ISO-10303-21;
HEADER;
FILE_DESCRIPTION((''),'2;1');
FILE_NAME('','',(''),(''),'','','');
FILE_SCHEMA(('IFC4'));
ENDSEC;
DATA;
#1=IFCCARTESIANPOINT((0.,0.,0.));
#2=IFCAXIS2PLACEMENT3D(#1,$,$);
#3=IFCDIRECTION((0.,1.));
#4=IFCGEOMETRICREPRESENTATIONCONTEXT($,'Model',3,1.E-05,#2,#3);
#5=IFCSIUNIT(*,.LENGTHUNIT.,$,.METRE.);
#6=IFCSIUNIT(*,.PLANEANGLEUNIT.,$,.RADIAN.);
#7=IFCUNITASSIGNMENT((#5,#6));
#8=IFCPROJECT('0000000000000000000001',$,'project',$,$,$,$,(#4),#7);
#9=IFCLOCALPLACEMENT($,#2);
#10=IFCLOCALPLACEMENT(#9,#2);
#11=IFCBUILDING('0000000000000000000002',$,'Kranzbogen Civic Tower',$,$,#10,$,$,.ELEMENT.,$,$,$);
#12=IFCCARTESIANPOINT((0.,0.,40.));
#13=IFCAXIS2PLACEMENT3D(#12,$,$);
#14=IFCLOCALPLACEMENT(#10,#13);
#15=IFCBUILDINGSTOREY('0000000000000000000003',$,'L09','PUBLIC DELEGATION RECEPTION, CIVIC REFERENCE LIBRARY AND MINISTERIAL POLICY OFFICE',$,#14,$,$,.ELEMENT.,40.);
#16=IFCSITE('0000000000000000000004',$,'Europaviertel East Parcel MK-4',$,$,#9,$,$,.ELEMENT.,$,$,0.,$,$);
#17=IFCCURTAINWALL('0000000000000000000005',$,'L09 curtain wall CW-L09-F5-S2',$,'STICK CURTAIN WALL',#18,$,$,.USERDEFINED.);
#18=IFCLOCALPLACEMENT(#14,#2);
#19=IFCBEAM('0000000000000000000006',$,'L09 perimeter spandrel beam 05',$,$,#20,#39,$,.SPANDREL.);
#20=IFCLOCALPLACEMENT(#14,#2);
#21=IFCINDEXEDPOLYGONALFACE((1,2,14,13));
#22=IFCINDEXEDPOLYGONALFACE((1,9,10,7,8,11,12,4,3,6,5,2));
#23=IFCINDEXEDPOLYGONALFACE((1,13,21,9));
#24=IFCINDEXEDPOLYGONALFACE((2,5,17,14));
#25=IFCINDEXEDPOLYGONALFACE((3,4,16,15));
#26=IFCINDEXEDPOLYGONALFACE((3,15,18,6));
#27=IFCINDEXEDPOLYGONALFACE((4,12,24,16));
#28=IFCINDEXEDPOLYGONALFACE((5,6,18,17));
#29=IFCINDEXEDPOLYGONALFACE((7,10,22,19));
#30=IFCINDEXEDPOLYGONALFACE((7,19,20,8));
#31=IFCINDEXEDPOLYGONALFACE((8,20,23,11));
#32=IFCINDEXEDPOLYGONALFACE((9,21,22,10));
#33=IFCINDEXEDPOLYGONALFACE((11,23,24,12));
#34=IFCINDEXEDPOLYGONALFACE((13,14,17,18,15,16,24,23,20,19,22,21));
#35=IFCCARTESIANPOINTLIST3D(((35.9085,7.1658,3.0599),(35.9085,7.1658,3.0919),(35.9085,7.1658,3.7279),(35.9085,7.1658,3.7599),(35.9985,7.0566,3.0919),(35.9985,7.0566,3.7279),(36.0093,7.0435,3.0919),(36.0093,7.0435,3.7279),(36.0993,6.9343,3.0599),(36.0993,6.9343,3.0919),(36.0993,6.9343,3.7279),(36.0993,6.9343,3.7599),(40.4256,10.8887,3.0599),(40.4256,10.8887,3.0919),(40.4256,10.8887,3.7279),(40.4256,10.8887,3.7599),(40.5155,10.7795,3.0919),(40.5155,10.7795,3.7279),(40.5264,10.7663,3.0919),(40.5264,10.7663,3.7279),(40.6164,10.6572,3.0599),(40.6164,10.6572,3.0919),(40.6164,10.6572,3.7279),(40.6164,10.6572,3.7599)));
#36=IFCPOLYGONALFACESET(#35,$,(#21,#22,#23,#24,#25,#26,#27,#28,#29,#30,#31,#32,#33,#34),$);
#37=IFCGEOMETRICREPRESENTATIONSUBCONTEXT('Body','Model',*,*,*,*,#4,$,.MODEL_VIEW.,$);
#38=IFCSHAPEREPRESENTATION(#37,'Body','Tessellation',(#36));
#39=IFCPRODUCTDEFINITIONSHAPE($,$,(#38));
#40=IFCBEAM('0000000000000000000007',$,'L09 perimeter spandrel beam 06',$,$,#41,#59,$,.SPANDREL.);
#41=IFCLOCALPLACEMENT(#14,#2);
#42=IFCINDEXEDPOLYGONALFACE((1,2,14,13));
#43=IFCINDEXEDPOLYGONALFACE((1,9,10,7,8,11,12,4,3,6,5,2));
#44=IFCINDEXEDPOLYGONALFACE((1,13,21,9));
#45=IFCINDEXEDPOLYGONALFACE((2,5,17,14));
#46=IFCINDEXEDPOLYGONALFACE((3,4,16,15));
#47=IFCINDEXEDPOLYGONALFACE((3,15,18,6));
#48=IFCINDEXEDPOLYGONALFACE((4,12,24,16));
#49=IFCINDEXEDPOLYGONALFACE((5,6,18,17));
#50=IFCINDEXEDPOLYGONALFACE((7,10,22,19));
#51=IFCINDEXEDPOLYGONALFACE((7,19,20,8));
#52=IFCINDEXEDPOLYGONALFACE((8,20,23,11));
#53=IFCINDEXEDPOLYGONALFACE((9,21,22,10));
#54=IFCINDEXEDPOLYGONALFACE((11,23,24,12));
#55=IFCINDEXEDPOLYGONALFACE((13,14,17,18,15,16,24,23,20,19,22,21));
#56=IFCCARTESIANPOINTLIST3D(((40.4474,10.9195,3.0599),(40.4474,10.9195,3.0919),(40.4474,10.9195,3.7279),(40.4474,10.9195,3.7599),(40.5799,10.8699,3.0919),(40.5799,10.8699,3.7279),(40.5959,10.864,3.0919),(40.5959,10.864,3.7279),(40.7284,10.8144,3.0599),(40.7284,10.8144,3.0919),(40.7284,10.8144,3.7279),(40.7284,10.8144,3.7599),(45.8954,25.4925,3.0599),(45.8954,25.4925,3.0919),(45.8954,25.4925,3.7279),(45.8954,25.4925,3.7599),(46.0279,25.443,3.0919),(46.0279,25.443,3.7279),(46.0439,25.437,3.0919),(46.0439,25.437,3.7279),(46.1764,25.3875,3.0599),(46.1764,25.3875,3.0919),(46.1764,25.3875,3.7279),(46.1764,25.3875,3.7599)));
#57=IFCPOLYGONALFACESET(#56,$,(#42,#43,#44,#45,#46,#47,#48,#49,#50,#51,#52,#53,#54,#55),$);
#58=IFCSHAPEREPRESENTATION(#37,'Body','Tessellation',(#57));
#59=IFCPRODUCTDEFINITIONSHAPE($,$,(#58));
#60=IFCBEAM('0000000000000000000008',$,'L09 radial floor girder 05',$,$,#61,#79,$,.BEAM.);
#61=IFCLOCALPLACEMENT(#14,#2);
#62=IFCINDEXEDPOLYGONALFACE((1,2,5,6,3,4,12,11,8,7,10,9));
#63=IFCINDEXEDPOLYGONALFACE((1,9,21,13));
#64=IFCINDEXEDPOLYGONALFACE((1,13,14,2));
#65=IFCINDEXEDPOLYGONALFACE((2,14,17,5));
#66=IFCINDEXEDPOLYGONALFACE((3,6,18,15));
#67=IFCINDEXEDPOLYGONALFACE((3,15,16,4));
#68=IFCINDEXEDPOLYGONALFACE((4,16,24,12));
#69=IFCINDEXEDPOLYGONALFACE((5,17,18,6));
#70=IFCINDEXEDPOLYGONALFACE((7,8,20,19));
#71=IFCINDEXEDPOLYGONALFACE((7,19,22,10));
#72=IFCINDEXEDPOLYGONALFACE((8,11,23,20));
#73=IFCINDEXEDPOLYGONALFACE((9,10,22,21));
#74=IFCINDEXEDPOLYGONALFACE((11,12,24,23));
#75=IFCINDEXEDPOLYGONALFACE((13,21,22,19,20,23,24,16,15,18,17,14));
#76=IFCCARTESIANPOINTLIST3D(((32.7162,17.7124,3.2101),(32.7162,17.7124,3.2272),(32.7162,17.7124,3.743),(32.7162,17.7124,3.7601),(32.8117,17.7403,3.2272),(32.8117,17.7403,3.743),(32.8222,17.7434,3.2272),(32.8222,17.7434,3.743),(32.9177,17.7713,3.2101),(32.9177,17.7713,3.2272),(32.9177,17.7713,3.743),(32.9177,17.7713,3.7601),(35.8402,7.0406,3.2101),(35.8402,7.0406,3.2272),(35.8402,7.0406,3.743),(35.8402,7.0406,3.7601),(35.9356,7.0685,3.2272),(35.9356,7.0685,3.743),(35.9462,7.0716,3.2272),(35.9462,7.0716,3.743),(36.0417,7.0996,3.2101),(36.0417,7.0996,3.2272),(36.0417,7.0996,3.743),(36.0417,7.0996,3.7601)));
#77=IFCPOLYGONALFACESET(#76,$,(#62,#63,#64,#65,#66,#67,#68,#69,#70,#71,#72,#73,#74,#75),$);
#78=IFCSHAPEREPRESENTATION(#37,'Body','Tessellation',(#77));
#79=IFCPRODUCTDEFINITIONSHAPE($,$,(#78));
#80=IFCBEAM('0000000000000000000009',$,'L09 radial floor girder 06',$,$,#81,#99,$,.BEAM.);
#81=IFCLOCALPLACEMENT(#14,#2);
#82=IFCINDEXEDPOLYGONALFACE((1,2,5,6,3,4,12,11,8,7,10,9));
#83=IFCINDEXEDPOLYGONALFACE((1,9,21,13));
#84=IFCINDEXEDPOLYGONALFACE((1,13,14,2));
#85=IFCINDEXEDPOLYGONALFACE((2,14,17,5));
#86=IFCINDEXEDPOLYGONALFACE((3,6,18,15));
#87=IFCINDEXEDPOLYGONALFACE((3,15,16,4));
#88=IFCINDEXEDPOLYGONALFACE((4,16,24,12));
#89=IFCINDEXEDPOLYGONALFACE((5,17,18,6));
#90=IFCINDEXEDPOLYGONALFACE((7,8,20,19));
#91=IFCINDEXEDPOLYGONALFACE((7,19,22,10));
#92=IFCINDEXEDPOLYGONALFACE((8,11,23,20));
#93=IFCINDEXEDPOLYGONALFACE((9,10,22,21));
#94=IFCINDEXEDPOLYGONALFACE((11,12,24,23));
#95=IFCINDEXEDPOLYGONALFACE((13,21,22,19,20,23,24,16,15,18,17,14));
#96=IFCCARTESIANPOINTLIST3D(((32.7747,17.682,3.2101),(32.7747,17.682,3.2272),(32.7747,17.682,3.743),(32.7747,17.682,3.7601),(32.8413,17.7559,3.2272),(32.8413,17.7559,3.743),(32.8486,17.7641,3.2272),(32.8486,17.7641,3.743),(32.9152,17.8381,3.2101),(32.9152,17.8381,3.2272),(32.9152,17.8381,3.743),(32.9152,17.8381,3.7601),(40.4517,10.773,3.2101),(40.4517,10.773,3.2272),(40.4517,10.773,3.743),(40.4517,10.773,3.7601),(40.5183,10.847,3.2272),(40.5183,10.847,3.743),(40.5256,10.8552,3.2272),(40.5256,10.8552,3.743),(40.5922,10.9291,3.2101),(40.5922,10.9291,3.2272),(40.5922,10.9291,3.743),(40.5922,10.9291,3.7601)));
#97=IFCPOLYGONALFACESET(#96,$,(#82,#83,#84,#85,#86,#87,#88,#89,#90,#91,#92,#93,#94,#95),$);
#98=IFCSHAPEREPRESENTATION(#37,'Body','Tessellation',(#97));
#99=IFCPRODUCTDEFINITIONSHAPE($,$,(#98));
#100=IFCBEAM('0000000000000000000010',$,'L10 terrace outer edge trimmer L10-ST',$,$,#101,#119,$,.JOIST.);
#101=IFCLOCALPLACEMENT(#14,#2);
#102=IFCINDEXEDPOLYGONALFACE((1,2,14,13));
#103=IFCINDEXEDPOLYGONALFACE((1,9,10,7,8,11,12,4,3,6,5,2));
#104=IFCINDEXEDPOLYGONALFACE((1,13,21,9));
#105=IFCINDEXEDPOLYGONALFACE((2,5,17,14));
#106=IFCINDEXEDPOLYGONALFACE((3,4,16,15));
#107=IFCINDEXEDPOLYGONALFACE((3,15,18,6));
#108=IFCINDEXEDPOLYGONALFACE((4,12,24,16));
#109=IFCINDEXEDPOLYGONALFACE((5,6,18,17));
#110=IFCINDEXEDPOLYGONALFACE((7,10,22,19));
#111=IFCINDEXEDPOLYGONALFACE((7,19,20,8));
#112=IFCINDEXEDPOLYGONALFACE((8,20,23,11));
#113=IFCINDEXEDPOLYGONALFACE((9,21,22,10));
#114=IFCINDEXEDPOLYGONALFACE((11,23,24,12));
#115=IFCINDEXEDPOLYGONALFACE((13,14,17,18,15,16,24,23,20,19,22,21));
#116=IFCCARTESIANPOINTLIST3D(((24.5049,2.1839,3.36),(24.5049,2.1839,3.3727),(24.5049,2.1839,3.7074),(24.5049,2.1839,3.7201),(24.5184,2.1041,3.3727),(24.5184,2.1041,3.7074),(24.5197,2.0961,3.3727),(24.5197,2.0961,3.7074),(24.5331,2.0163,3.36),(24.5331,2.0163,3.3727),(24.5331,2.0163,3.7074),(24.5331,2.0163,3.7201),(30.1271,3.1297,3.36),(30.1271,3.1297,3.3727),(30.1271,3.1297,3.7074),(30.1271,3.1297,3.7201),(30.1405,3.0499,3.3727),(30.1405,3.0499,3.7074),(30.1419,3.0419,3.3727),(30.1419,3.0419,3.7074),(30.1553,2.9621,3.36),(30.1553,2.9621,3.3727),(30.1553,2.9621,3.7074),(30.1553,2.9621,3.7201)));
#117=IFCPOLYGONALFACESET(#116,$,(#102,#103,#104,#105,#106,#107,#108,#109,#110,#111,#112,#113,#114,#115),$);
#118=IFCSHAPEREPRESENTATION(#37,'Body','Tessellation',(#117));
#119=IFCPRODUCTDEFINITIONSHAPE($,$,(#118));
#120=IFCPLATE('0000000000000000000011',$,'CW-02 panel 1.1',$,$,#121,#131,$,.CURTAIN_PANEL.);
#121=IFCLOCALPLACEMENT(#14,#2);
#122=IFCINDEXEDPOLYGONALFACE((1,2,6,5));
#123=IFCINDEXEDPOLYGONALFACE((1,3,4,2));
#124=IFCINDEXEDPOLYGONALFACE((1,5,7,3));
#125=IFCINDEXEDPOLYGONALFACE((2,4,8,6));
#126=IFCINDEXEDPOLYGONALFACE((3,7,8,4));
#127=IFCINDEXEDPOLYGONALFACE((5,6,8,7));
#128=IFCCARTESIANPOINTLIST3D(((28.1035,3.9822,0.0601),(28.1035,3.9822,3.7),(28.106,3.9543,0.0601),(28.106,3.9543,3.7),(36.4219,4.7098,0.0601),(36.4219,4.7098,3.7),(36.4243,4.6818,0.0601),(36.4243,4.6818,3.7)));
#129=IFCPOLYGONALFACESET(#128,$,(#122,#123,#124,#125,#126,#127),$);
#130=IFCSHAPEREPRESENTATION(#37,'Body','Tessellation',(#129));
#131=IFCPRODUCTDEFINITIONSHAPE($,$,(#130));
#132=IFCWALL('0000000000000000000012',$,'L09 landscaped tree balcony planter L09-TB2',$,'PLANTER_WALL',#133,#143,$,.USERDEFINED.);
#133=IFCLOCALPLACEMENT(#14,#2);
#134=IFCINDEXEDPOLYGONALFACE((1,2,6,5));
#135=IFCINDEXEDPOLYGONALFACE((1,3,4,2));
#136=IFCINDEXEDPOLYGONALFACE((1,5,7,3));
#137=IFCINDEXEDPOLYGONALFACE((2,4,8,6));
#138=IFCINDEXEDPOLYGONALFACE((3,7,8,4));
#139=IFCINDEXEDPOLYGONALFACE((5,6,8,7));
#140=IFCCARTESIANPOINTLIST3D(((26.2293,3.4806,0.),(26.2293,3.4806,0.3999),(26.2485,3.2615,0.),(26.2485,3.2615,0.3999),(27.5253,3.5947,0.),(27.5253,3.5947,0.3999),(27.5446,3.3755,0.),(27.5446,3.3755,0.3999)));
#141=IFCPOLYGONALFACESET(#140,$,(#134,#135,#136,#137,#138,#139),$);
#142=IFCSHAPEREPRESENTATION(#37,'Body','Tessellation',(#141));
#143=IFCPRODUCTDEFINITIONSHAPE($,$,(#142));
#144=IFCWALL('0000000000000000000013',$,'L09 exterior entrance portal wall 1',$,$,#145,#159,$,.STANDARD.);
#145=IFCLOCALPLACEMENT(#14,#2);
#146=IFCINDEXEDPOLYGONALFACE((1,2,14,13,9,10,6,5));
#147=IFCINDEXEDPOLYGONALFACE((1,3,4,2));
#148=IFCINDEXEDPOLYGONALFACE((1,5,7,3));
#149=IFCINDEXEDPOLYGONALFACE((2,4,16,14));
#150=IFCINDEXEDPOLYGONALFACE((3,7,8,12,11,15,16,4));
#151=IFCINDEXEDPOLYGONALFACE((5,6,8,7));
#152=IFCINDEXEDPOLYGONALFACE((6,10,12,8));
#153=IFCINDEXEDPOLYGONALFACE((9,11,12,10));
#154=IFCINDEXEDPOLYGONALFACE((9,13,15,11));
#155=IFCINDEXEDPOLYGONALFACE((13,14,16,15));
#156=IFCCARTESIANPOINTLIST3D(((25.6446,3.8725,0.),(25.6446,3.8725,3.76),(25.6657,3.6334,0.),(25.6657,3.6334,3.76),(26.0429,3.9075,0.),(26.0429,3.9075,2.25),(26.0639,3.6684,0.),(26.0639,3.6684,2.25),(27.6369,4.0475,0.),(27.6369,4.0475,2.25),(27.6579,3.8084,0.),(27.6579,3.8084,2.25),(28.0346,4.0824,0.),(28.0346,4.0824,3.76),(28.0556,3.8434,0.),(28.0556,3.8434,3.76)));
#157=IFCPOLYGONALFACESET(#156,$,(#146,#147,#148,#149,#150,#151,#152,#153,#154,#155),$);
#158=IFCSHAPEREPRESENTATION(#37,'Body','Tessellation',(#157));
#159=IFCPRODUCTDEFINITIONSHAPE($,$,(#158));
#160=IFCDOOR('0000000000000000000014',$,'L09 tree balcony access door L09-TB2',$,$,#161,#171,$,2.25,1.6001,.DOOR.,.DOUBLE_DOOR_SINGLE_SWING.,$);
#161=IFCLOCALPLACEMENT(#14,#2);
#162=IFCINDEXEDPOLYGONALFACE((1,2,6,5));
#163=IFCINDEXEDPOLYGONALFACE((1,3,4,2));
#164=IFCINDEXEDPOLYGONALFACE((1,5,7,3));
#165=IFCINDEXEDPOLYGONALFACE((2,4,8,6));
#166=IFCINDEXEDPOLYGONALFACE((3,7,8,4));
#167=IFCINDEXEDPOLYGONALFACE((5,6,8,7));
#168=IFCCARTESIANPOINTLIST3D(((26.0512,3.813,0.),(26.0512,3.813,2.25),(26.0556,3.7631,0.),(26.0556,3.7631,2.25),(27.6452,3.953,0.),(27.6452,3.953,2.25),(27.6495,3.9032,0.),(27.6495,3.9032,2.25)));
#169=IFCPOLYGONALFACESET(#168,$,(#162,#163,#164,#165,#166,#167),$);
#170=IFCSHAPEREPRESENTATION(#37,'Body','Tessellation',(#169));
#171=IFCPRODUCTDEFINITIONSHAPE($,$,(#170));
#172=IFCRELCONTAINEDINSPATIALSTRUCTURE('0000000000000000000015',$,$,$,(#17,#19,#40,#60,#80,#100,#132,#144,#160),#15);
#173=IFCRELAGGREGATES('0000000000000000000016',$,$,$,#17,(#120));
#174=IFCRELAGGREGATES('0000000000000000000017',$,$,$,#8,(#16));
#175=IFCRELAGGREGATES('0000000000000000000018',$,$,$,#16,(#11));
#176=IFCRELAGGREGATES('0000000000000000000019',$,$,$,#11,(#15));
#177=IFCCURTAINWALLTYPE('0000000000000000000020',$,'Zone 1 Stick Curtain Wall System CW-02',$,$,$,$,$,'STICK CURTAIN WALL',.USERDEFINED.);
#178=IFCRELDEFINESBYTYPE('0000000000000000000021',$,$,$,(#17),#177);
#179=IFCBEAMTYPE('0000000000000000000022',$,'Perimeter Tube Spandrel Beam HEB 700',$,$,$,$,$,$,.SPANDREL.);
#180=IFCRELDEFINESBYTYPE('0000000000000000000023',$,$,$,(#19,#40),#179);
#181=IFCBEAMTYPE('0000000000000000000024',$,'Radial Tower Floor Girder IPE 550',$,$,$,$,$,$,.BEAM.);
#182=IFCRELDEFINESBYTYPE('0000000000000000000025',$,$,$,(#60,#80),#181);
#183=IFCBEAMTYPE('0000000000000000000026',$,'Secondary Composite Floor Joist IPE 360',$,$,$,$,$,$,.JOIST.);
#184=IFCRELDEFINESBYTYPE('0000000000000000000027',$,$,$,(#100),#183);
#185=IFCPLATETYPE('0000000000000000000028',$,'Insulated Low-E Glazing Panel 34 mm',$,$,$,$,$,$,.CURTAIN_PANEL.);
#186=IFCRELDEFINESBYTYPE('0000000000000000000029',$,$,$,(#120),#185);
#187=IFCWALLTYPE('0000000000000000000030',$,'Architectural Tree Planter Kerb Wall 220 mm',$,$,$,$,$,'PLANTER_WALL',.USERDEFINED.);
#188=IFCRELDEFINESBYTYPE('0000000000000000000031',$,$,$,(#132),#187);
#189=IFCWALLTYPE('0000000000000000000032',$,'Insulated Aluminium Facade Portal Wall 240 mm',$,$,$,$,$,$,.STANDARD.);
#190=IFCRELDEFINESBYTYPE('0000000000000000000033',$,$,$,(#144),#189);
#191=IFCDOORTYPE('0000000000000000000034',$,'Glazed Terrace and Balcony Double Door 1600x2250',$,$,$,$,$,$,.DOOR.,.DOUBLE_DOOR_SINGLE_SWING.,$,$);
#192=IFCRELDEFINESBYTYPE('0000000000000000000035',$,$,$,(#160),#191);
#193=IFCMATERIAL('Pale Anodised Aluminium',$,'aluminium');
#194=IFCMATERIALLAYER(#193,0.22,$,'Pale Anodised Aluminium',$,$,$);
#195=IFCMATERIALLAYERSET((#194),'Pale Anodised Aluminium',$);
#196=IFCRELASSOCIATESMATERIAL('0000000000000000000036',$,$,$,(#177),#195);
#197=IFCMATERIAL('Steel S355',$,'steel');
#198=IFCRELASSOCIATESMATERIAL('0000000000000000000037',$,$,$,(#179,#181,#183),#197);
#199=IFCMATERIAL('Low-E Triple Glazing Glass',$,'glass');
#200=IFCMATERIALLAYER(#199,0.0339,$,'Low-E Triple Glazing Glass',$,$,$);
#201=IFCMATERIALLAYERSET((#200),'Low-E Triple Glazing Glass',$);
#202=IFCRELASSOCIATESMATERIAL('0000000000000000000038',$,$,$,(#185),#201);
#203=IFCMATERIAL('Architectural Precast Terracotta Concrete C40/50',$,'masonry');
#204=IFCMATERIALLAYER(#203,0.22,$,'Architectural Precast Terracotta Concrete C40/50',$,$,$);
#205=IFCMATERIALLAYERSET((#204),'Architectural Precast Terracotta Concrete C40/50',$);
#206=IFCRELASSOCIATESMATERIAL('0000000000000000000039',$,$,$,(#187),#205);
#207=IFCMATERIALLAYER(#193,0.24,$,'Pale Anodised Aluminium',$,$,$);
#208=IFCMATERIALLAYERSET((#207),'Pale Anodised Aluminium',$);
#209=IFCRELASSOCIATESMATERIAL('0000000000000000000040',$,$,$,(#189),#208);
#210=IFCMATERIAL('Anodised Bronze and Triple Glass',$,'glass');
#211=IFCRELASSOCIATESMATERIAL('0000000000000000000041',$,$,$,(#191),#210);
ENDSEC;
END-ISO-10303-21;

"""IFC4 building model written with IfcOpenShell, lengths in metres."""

from ifc_helpers import new_model, si_unit, direction, frame, frame_2d, origin, origin_2d, place, context, subcontext, project, spatial, rectangle, i_section, extrude, material, layer, layer_set, material_profile, profile_set, type_object, element, fill, aggregate, save


model = new_model("IFC4")

# Units and contexts
model_context = context("Model", 3, precision=1e-05, world=origin(), true_north=direction((0.0, 1.0)))
body_context = subcontext(model_context, "Body", "Model", "MODEL_VIEW")
ifc_project = project(units=[si_unit("LENGTHUNIT", "METRE"), si_unit("PLANEANGLEUNIT", "RADIAN")], contexts=[model_context])

# Site, building, storey
site_placement = place(None, origin())
site = spatial("IfcSite", under=ifc_project, at=site_placement, Name="Europaviertel East Parcel MK-4", CompositionType="ELEMENT", RefElevation=0.0)
building_placement = place(site_placement, origin())
building = spatial("IfcBuilding", under=site, at=building_placement, Name="Kranzbogen Civic Tower", CompositionType="ELEMENT")
storey_placement = place(building_placement, frame((0.0, 0.0, 40.0)))
storey = spatial("IfcBuildingStorey", under=building, at=storey_placement, Name="L09", Description="PUBLIC DELEGATION RECEPTION, CIVIC REFERENCE LIBRARY AND MINISTERIAL POLICY OFFICE", CompositionType="ELEMENT", Elevation=40.0)

# Shared definitions
ifc_material_1 = material(Name="Steel S355", Category="steel")

# Shared definitions
ifc_material_2 = material(Name="Pale Anodised Aluminium", Category="aluminium")
ifc_layer_1 = layer(ifc_material_2, 0.22, Name="Pale Anodised Aluminium")
ifc_layer_set_1 = layer_set([ifc_layer_1], Name="Pale Anodised Aluminium")
curtain_wall_type = type_object("IfcCurtainWallType", Name="Zone 1 Stick Curtain Wall System CW-02", ElementType="STICK CURTAIN WALL", PredefinedType="USERDEFINED", material=ifc_layer_set_1)

# Curtain wall
curtain_wall_1_placement = place(storey_placement, origin())
curtain_wall_1 = element("IfcCurtainWall", 1, at=curtain_wall_1_placement, inside=storey, type_object=curtain_wall_type, Name="L09 curtain wall CW-L09-F5-S2", ObjectType="STICK CURTAIN WALL", PredefinedType="USERDEFINED")

# Beams
ifc_material_profile_1 = material_profile(ifc_material_1, i_section(OverallWidth=0.3, OverallDepth=0.7, WebThickness=0.0171, FlangeThickness=0.032, at=origin_2d()), Name="HEB 700")
ifc_profile_set_1 = profile_set([ifc_material_profile_1], Name="Steel S355")
beam_type_1 = type_object("IfcBeamType", Name="Perimeter Tube Spandrel Beam HEB 700", PredefinedType="SPANDREL", material=ifc_profile_set_1)
beam_1_placement = place(storey_placement, frame((36.0039, 7.05, 3.4099), z_axis=(0.771683, 0.636007, 0.0), x_axis=(-0.636007, 0.771683, 0.0)))
element("IfcBeam", 2, at=beam_1_placement, inside=storey, type_object=beam_type_1, Name="L09 perimeter spandrel beam 05", PredefinedType="SPANDREL", context=body_context, shape_type="SweptSolid", body=[
    extrude(i_section(OverallWidth=0.3, OverallDepth=0.7, WebThickness=0.0171, FlangeThickness=0.032, at=origin_2d()), origin(), (0.0, 0.0, 1.0), 5.8535),
])
beam_2_placement = place(storey_placement, frame((40.5879, 10.8669, 3.4099), z_axis=(0.350172, 0.936685, 0.0), x_axis=(-0.936685, 0.350172, 0.0)))
element("IfcBeam", 3, at=beam_2_placement, inside=storey, type_object=beam_type_1, Name="L09 perimeter spandrel beam 06", PredefinedType="SPANDREL", context=body_context, shape_type="SweptSolid", body=[
    extrude(i_section(OverallWidth=0.3, OverallDepth=0.7, WebThickness=0.0171, FlangeThickness=0.032, at=origin_2d()), origin(), (0.0, 0.0, 1.0), 15.5581),
])
ifc_material_profile_2 = material_profile(ifc_material_1, i_section(OverallWidth=0.21, OverallDepth=0.55, WebThickness=0.011, FlangeThickness=0.0171, at=origin_2d()), Name="IPE 550")
ifc_profile_set_2 = profile_set([ifc_material_profile_2], Name="Steel S355")
beam_type_2 = type_object("IfcBeamType", Name="Radial Tower Floor Girder IPE 550", PredefinedType="BEAM", material=ifc_profile_set_2)
beam_3_placement = place(storey_placement, frame((35.9409, 7.0701, 3.4851), z_axis=(-0.280944, 0.959724, 0.0), x_axis=(-0.959724, -0.280944, 0.0)))
element("IfcBeam", 4, at=beam_3_placement, inside=storey, type_object=beam_type_2, Name="L09 radial floor girder 05", PredefinedType="BEAM", context=body_context, shape_type="SweptSolid", body=[
    extrude(i_section(OverallWidth=0.21, OverallDepth=0.55, WebThickness=0.011, FlangeThickness=0.0171, at=origin_2d()), origin(), (0.0, 0.0, 1.0), 11.1196),
])
beam_4_placement = place(storey_placement, frame((40.522, 10.8511, 3.4851), z_axis=(-0.743312, 0.668945, 0.0), x_axis=(-0.668945, -0.743312, 0.0)))
element("IfcBeam", 5, at=beam_4_placement, inside=storey, type_object=beam_type_2, Name="L09 radial floor girder 06", PredefinedType="BEAM", context=body_context, shape_type="SweptSolid", body=[
    extrude(i_section(OverallWidth=0.21, OverallDepth=0.55, WebThickness=0.011, FlangeThickness=0.0171, at=origin_2d()), origin(), (0.0, 0.0, 1.0), 10.3281),
])
ifc_material_profile_3 = material_profile(ifc_material_1, i_section(OverallWidth=0.1699, OverallDepth=0.3601, WebThickness=0.0081, FlangeThickness=0.0127, at=origin_2d()), Name="IPE 360")
ifc_profile_set_3 = profile_set([ifc_material_profile_3], Name="Steel S355")
beam_type_3 = type_object("IfcBeamType", Name="Secondary Composite Floor Joist IPE 360", PredefinedType="JOIST", material=ifc_profile_set_3)
beam_5_placement = place(storey_placement, frame((24.519, 2.1001, 3.54), z_axis=(0.986143, 0.165899, 0.0), x_axis=(-0.165899, 0.986143, 0.0)))
element("IfcBeam", 6, at=beam_5_placement, inside=storey, type_object=beam_type_3, Name="L10 terrace outer edge trimmer L10-ST", PredefinedType="JOIST", context=body_context, shape_type="SweptSolid", body=[
    extrude(i_section(OverallWidth=0.1699, OverallDepth=0.3601, WebThickness=0.0081, FlangeThickness=0.0127, at=origin_2d()), origin(), (0.0, 0.0, 1.0), 5.7012),
])

# Plate
ifc_material_3 = material(Name="Low-E Triple Glazing Glass", Category="glass")
ifc_layer_2 = layer(ifc_material_3, 0.0339, Name="Low-E Triple Glazing Glass")
ifc_layer_set_2 = layer_set([ifc_layer_2], Name="Low-E Triple Glazing Glass")
plate_type = type_object("IfcPlateType", Name="Insulated Low-E Glazing Panel 34 mm", PredefinedType="CURTAIN_PANEL", material=ifc_layer_set_2)
plate_placement = place(storey_placement, frame((32.2639, 4.332, 0.0601), z_axis=(0.0, 0.0, 1.0), x_axis=(0.996197, 0.087129, 0.0)))
plate = element("IfcPlate", 7, at=plate_placement, type_object=plate_type, Name="CW-02 panel 1.1", PredefinedType="CURTAIN_PANEL", context=body_context, shape_type="SweptSolid", body=[
    extrude(rectangle(XDim=8.3501, YDim=0.0281, at=origin_2d()), origin(), (0.0, 0.0, 1.0), 3.6399),
])
aggregate(curtain_wall_1, [plate])

# Wall
ifc_material_4 = material(Name="Architectural Precast Terracotta Concrete C40/50", Category="masonry")
ifc_layer_3 = layer(ifc_material_4, 0.22, Name="Architectural Precast Terracotta Concrete C40/50")
ifc_layer_set_3 = layer_set([ifc_layer_3], Name="Architectural Precast Terracotta Concrete C40/50")
wall_type_1 = type_object("IfcWallType", Name="Architectural Tree Planter Kerb Wall 220 mm", ElementType="PLANTER_WALL", PredefinedType="USERDEFINED", material=ifc_layer_set_3)
wall_1_placement = place(storey_placement, frame((26.239, 3.3711, 0.0), z_axis=(0.0, 0.0, 1.0), x_axis=(0.996152, 0.087642, 0.0)))
element("IfcWall", 8, at=wall_1_placement, inside=storey, type_object=wall_type_1, Name="L09 landscaped tree balcony planter L09-TB2", ObjectType="PLANTER_WALL", PredefinedType="USERDEFINED", context=body_context, shape_type="SweptSolid", body=[
    extrude(rectangle(XDim=1.301, YDim=0.22, at=frame_2d((0.6504, 0.0))), origin(), (0.0, 0.0, 1.0), 0.3999),
])

# Wall, opening, door
ifc_layer_4 = layer(ifc_material_2, 0.24, Name="Pale Anodised Aluminium")
ifc_layer_set_4 = layer_set([ifc_layer_4], Name="Pale Anodised Aluminium")
wall_type_2 = type_object("IfcWallType", Name="Insulated Aluminium Facade Portal Wall 240 mm", PredefinedType="STANDARD", material=ifc_layer_set_4)
wall_2_placement = place(storey_placement, frame((25.655, 3.7529, 0.0), z_axis=(0.0, 0.0, 1.0), x_axis=(0.996163, 0.087517, 0.0)))
wall_2 = element("IfcWall", 9, at=wall_2_placement, inside=storey, type_object=wall_type_2, Name="L09 exterior entrance portal wall 1", PredefinedType="STANDARD", context=body_context, shape_type="SweptSolid", body=[
    extrude(rectangle(XDim=2.3992, YDim=0.24, at=frame_2d((1.1997, 0.0))), origin(), (0.0, 0.0, 1.0), 3.76),
])
opening_placement = place(wall_2_placement, frame((0.3999, 0.0, 0.0)))
opening = element("IfcOpeningElement", 10, at=opening_placement, cuts=wall_2, PredefinedType="OPENING", context=body_context, shape_type="SweptSolid", body=[
    extrude(rectangle(XDim=1.6001, YDim=2.25, at=frame_2d((0.8, 1.125))), frame((0.0, 0.1299, 0.0), z_axis=(0.0, -1.0, 0.0), x_axis=(1.0, 0.0, 0.0)), (0.0, 0.0, 1.0), 0.26),
])
ifc_material_5 = material(Name="Anodised Bronze and Triple Glass", Category="glass")
door_type = type_object("IfcDoorType", Name="Glazed Terrace and Balcony Double Door 1600x2250", OperationType="DOUBLE_DOOR_SINGLE_SWING", PredefinedType="DOOR", material=ifc_material_5)
door_placement = place(opening_placement, frame((1.6001, 0.0, 0.0), z_axis=(0.0, 0.0, 1.0), x_axis=(-1.0, 0.0, 0.0)))
door = element("IfcDoor", 11, at=door_placement, inside=storey, type_object=door_type, Name="L09 tree balcony access door L09-TB2", OperationType="DOUBLE_DOOR_SINGLE_SWING", OverallHeight=2.25, OverallWidth=1.6001, PredefinedType="DOOR", context=body_context, shape_type="SweptSolid", body=[
    extrude(rectangle(XDim=1.6001, YDim=2.25, at=frame_2d((0.8, 1.125))), frame((0.0, 0.0249, 0.0), z_axis=(0.0, -1.0, 0.0), x_axis=(1.0, 0.0, 0.0)), (0.0, 0.0, 1.0), 0.05),
])
fill(opening, door)

save(model, "model.ifc")
